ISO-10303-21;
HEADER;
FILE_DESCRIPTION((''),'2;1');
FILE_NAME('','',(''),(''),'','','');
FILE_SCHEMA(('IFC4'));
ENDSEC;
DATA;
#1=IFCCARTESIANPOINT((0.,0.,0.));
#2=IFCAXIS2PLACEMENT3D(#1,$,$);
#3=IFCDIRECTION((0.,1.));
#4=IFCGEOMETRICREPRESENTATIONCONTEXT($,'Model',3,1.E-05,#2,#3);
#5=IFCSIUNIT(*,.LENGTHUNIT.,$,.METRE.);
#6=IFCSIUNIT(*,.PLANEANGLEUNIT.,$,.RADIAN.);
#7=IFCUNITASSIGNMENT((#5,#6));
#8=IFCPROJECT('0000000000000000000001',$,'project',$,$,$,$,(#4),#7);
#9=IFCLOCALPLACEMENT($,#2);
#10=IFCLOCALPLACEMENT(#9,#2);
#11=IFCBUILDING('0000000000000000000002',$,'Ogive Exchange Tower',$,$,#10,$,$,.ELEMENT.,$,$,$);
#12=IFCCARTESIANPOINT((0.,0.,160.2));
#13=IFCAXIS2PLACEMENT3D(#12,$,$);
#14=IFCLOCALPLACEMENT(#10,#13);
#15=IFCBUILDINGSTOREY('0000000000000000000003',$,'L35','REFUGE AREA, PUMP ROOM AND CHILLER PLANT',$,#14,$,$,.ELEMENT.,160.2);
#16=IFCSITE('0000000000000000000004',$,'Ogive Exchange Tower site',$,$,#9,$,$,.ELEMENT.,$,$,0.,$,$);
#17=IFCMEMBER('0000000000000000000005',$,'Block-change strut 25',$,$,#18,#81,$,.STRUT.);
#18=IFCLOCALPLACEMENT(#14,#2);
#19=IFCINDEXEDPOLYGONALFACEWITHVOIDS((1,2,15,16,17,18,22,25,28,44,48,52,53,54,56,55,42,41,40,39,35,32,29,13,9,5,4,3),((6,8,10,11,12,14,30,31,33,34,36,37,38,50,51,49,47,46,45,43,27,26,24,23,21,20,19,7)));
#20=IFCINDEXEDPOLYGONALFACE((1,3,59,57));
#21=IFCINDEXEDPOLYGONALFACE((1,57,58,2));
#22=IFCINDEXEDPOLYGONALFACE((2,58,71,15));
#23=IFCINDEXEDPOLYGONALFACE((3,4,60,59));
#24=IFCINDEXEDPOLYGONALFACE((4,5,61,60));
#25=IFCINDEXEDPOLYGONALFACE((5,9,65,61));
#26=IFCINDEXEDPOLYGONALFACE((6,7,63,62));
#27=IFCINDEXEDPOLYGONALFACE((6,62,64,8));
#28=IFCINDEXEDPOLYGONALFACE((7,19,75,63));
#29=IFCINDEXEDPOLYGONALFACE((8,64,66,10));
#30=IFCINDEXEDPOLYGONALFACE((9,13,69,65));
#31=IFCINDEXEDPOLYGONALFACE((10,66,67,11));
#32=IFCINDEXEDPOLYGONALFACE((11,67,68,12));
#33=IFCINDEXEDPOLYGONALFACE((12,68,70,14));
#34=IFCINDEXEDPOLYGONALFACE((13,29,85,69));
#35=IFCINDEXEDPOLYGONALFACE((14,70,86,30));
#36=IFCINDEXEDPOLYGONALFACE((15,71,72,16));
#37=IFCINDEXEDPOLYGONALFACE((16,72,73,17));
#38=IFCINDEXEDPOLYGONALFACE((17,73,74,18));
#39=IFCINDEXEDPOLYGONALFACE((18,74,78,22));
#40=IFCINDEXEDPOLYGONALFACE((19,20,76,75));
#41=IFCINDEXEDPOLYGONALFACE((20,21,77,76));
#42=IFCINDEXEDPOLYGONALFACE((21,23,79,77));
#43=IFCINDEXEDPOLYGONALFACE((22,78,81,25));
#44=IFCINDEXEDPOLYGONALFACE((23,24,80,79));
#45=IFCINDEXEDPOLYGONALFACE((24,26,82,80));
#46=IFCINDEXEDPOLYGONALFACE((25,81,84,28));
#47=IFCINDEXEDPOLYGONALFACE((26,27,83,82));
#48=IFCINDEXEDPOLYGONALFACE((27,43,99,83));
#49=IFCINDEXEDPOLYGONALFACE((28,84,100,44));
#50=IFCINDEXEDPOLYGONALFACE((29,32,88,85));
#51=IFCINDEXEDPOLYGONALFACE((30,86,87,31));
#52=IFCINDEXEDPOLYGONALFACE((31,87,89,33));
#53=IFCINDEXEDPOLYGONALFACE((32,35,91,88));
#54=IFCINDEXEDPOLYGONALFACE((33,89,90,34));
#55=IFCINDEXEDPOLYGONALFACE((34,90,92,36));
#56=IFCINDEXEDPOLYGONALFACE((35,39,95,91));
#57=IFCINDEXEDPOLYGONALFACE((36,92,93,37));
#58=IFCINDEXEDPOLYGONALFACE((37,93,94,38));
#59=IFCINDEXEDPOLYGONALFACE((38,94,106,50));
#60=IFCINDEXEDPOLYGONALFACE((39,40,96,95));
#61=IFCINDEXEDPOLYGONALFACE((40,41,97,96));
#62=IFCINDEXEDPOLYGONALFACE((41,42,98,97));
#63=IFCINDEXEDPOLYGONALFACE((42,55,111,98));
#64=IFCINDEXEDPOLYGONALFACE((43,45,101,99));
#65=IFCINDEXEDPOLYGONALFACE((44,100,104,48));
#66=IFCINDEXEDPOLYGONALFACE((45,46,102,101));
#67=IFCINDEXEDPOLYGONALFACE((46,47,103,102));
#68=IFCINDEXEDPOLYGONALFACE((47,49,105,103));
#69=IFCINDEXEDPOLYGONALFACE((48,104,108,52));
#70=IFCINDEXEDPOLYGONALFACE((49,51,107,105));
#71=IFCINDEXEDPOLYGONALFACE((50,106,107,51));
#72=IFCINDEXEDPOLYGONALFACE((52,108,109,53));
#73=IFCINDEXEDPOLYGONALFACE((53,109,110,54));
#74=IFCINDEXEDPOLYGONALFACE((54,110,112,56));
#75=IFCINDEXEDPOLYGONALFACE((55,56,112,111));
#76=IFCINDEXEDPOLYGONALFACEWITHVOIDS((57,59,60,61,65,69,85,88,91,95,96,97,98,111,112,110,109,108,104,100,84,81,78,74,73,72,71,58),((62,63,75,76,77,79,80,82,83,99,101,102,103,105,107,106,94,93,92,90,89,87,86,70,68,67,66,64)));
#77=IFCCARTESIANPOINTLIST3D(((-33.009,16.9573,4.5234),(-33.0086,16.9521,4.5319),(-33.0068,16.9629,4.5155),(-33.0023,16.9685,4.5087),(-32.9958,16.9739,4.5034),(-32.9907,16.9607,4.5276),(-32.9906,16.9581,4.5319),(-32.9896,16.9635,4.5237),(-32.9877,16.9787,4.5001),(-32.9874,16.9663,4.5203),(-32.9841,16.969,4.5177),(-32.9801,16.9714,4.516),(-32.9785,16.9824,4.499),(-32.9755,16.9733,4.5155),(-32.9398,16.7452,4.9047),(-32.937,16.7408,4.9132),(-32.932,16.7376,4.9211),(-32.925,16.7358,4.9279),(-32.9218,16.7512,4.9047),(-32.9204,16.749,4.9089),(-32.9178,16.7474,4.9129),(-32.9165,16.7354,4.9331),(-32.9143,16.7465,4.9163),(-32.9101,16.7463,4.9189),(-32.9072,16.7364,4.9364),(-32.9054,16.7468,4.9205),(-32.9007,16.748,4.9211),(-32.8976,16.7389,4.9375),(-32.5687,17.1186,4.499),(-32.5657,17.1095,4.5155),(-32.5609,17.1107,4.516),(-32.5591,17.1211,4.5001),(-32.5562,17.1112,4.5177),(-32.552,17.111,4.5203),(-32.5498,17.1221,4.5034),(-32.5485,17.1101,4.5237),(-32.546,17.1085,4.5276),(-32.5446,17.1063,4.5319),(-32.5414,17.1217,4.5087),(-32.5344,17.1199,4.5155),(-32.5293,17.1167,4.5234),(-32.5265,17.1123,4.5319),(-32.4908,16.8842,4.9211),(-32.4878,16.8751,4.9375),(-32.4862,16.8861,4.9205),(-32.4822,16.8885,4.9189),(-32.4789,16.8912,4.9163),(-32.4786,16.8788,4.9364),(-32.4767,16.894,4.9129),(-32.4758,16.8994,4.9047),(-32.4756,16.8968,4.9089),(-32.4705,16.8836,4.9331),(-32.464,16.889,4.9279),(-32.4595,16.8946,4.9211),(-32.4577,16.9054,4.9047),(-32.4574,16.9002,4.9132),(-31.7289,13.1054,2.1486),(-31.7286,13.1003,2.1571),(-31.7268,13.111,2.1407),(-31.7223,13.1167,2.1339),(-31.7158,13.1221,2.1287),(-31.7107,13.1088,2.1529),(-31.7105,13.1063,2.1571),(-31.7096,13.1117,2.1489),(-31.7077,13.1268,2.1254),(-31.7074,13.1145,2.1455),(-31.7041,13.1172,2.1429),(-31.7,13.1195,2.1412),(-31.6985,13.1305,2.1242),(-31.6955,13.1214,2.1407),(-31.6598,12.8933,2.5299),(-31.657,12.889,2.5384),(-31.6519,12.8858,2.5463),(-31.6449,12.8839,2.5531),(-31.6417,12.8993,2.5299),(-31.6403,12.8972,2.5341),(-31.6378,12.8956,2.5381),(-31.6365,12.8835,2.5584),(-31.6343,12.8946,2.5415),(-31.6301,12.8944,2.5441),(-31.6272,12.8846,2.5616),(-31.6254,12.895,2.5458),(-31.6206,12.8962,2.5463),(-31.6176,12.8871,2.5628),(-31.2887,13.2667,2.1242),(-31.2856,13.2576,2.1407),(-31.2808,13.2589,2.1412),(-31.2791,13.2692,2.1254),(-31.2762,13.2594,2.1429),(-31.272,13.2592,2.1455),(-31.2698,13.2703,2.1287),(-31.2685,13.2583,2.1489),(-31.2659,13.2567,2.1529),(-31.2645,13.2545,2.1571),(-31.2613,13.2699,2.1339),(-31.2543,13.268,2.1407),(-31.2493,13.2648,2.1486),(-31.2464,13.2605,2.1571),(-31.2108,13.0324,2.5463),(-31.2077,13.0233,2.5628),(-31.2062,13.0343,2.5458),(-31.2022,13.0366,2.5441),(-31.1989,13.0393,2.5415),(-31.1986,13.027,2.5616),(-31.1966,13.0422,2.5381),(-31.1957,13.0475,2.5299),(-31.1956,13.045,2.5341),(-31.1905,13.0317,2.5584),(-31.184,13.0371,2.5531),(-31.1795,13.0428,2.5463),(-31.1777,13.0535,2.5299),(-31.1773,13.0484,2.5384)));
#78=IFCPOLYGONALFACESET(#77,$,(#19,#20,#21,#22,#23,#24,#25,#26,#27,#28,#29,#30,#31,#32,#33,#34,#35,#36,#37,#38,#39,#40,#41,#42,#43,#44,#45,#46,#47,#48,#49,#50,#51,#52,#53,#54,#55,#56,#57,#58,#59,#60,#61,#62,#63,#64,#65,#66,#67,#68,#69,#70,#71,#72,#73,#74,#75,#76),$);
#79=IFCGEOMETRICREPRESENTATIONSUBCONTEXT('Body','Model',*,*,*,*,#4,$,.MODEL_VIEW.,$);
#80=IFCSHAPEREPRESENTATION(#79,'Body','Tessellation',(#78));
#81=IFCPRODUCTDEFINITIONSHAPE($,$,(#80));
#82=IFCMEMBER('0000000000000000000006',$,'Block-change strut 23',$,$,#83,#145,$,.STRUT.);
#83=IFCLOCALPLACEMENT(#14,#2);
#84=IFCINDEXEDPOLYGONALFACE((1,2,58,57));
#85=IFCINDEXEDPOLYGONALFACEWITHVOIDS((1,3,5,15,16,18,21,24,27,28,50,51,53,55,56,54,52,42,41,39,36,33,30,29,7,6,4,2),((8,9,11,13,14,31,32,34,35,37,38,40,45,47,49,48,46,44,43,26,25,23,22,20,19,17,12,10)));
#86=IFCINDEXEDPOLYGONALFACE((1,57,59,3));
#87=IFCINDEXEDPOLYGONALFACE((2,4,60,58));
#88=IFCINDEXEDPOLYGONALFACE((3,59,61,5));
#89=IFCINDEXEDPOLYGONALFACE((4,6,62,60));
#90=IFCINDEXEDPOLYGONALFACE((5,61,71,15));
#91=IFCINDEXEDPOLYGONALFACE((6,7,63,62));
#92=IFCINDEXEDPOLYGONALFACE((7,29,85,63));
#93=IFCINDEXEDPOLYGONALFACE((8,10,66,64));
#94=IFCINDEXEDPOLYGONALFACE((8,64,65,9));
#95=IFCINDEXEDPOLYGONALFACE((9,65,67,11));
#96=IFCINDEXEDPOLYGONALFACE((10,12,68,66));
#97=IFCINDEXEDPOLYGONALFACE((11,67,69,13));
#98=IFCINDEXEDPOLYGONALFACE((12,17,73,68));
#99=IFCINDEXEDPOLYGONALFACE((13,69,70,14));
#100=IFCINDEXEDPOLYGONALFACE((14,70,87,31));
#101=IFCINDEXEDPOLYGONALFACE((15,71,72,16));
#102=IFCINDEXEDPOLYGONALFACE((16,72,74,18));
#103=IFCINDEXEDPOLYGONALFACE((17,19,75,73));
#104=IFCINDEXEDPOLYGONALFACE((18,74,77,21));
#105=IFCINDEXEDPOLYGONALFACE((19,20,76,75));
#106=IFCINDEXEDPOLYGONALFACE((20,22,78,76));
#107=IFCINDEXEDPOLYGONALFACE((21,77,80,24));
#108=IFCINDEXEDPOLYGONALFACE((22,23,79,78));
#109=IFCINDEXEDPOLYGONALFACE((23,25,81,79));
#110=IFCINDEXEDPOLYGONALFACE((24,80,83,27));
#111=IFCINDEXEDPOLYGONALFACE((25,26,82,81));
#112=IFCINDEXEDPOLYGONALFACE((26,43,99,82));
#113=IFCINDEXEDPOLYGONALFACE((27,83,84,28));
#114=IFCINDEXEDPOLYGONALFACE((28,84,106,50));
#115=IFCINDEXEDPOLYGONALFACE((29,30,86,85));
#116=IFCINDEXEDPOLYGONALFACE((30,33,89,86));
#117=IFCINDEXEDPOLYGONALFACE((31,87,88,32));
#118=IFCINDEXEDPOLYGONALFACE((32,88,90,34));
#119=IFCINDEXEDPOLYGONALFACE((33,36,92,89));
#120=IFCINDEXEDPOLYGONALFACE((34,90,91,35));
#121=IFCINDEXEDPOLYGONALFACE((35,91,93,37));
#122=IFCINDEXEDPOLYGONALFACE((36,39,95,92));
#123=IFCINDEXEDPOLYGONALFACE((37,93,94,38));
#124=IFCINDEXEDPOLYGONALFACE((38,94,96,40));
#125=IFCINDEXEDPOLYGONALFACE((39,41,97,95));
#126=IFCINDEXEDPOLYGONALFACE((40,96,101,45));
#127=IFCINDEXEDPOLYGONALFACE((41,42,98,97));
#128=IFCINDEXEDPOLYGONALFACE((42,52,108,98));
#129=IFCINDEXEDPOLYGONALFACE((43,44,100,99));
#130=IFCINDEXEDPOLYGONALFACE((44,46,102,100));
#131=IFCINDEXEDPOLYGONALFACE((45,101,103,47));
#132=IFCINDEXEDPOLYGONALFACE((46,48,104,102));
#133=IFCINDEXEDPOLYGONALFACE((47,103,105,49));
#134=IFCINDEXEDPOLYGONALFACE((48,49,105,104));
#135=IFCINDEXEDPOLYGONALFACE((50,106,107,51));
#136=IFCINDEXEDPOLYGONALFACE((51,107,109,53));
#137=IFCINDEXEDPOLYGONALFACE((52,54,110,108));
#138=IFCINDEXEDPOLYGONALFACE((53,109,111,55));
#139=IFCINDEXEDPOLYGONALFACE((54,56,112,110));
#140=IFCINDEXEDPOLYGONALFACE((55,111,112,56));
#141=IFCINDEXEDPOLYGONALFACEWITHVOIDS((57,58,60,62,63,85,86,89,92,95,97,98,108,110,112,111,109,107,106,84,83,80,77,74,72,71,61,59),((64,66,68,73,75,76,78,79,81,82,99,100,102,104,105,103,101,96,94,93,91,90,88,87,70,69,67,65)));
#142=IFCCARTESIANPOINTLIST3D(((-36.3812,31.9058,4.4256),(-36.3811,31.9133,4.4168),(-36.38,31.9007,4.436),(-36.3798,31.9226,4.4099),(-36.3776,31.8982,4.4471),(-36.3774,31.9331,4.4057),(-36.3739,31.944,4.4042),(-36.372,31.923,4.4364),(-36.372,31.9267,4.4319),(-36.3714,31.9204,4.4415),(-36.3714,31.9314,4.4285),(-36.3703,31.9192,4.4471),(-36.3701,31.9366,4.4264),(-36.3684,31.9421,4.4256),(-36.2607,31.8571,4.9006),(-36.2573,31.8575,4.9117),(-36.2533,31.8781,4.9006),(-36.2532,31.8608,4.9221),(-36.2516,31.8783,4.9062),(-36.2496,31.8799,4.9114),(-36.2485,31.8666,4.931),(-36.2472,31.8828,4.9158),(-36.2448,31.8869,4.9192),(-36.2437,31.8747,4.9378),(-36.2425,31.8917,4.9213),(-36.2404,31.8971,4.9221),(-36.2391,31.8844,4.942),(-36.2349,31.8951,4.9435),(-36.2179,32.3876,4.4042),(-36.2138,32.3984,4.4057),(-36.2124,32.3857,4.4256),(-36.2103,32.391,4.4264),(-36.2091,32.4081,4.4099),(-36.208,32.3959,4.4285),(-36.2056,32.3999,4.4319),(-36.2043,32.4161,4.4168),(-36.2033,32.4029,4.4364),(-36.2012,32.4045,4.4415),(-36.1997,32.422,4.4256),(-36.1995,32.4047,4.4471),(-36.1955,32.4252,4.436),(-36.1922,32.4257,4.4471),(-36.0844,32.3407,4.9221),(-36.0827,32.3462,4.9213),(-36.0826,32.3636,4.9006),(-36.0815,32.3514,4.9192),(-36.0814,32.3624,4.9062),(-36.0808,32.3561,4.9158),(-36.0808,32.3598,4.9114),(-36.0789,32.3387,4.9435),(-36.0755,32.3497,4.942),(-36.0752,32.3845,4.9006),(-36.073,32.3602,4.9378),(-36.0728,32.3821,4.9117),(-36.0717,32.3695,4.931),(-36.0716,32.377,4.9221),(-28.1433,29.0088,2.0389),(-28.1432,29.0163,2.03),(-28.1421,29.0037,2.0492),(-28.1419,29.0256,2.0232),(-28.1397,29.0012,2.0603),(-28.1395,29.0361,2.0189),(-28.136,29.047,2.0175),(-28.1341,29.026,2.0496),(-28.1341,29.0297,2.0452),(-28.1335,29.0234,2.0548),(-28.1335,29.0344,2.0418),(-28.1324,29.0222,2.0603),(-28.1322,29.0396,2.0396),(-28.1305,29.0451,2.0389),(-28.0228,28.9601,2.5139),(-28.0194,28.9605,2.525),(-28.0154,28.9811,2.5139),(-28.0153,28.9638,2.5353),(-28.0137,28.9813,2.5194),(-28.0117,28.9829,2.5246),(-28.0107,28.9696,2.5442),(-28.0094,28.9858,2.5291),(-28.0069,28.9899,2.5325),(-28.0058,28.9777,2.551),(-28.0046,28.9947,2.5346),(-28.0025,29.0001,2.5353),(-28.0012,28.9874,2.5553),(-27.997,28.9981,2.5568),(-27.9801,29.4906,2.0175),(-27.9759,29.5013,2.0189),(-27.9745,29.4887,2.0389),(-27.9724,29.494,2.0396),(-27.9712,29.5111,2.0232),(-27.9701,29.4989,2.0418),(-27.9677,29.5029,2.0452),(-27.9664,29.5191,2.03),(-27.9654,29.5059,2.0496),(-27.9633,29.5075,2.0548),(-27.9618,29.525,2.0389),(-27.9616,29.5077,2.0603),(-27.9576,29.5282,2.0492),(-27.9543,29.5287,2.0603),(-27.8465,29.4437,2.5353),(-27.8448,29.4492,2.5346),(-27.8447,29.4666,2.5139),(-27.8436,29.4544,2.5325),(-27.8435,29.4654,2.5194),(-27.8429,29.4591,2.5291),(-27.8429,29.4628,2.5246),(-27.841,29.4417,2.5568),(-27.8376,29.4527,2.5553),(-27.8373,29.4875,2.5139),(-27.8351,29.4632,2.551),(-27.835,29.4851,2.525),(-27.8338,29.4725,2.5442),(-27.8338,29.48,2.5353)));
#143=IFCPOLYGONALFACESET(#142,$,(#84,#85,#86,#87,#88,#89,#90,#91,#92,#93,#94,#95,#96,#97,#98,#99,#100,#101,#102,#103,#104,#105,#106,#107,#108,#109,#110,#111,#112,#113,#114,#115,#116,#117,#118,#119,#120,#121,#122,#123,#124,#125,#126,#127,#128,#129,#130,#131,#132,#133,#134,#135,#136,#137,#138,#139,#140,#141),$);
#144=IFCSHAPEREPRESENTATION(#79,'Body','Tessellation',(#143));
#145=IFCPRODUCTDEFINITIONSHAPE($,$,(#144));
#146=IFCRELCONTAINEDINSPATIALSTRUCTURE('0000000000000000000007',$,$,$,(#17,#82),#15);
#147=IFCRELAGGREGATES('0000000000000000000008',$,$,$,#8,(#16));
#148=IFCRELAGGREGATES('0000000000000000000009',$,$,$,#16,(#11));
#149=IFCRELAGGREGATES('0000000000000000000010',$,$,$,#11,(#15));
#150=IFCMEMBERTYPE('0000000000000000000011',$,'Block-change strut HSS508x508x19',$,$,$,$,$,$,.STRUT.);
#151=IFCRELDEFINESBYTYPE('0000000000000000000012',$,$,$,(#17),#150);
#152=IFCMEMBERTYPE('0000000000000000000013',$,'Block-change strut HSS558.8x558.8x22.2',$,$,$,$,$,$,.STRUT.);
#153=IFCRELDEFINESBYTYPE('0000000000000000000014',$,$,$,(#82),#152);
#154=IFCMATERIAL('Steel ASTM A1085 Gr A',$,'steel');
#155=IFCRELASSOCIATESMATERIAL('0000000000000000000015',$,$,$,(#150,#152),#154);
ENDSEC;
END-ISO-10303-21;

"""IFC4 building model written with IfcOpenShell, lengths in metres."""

from ifc_helpers import new_model, si_unit, direction, frame, origin, origin_2d, place, context, subcontext, project, spatial, hollow_rectangle, extrude, material, material_profile, profile_set, type_object, element, save


model = new_model("IFC4")

# Units and contexts
model_context = context("Model", 3, precision=1e-05, world=origin(), true_north=direction((0.0, 1.0)))
body_context = subcontext(model_context, "Body", "Model", "MODEL_VIEW")
ifc_project = project(units=[si_unit("LENGTHUNIT", "METRE"), si_unit("PLANEANGLEUNIT", "RADIAN")], contexts=[model_context])

# Site, building, storey
site_placement = place(None, origin())
site = spatial("IfcSite", under=ifc_project, at=site_placement, Name="Ogive Exchange Tower site", CompositionType="ELEMENT", RefElevation=0.0)
building_placement = place(site_placement, origin())
building = spatial("IfcBuilding", under=site, at=building_placement, Name="Ogive Exchange Tower", CompositionType="ELEMENT")
storey_placement = place(building_placement, frame((0.0, 0.0, 160.2)))
storey = spatial("IfcBuildingStorey", under=building, at=storey_placement, Name="L35", Description="REFUGE AREA, PUMP ROOM AND CHILLER PLANT", CompositionType="ELEMENT", Elevation=160.2)

# Shared definitions
ifc_material_1 = material(Name="Steel ASTM A1085 Gr A", Category="steel")

# Members
ifc_material_profile_1 = material_profile(ifc_material_1, hollow_rectangle(XDim=0.5081, YDim=0.5081, WallThickness=0.019, InnerFilletRadius=0.019, OuterFilletRadius=0.0381, at=origin_2d()), Name="HSS508x508x19")
ifc_profile_set_1 = profile_set([ifc_material_profile_1], Name="Steel ASTM A1085 Gr A")
member_type_1 = type_object("IfcMemberType", Name="Block-change strut HSS508x508x19", PredefinedType="STRUT", material=ifc_profile_set_1)
member_1_placement = place(storey_placement, frame((-31.4531, 13.0769, 2.3435), z_axis=(-0.272197, 0.819082, 0.504989), x_axis=(-0.948972, -0.315361, 0.0)))
element("IfcMember", 1, at=member_1_placement, inside=storey, type_object=member_type_1, Name="Block-change strut 25", PredefinedType="STRUT", context=body_context, shape_type="SweptSolid", body=[
    extrude(hollow_rectangle(XDim=0.5081, YDim=0.5081, WallThickness=0.019, InnerFilletRadius=0.019, OuterFilletRadius=0.0381, at=origin_2d()), origin(), (0.0, 0.0, 1.0), 4.7026),
])
ifc_material_profile_2 = material_profile(ifc_material_1, hollow_rectangle(XDim=0.5591, YDim=0.5591, WallThickness=0.0222, InnerFilletRadius=0.0222, OuterFilletRadius=0.0444, at=origin_2d()), Name="HSS558.8x558.8x22.2")
ifc_profile_set_2 = profile_set([ifc_material_profile_2], Name="Steel ASTM A1085 Gr A")
member_type_2 = type_object("IfcMemberType", Name="Block-change strut HSS558.8x558.8x22.2", PredefinedType="STRUT", material=ifc_profile_set_2)
member_2_placement = place(storey_placement, frame((-27.9885, 29.2444, 2.2871), z_axis=(-0.909989, 0.320014, 0.263649), x_axis=(-0.331752, -0.943367, 0.0)))
element("IfcMember", 2, at=member_2_placement, inside=storey, type_object=member_type_2, Name="Block-change strut 23", PredefinedType="STRUT", context=body_context, shape_type="SweptSolid", body=[
    extrude(hollow_rectangle(XDim=0.5591, YDim=0.5591, WallThickness=0.0222, InnerFilletRadius=0.0222, OuterFilletRadius=0.0444, at=origin_2d()), origin(), (0.0, 0.0, 1.0), 9.0527),
])

save(model, "model.ifc")
